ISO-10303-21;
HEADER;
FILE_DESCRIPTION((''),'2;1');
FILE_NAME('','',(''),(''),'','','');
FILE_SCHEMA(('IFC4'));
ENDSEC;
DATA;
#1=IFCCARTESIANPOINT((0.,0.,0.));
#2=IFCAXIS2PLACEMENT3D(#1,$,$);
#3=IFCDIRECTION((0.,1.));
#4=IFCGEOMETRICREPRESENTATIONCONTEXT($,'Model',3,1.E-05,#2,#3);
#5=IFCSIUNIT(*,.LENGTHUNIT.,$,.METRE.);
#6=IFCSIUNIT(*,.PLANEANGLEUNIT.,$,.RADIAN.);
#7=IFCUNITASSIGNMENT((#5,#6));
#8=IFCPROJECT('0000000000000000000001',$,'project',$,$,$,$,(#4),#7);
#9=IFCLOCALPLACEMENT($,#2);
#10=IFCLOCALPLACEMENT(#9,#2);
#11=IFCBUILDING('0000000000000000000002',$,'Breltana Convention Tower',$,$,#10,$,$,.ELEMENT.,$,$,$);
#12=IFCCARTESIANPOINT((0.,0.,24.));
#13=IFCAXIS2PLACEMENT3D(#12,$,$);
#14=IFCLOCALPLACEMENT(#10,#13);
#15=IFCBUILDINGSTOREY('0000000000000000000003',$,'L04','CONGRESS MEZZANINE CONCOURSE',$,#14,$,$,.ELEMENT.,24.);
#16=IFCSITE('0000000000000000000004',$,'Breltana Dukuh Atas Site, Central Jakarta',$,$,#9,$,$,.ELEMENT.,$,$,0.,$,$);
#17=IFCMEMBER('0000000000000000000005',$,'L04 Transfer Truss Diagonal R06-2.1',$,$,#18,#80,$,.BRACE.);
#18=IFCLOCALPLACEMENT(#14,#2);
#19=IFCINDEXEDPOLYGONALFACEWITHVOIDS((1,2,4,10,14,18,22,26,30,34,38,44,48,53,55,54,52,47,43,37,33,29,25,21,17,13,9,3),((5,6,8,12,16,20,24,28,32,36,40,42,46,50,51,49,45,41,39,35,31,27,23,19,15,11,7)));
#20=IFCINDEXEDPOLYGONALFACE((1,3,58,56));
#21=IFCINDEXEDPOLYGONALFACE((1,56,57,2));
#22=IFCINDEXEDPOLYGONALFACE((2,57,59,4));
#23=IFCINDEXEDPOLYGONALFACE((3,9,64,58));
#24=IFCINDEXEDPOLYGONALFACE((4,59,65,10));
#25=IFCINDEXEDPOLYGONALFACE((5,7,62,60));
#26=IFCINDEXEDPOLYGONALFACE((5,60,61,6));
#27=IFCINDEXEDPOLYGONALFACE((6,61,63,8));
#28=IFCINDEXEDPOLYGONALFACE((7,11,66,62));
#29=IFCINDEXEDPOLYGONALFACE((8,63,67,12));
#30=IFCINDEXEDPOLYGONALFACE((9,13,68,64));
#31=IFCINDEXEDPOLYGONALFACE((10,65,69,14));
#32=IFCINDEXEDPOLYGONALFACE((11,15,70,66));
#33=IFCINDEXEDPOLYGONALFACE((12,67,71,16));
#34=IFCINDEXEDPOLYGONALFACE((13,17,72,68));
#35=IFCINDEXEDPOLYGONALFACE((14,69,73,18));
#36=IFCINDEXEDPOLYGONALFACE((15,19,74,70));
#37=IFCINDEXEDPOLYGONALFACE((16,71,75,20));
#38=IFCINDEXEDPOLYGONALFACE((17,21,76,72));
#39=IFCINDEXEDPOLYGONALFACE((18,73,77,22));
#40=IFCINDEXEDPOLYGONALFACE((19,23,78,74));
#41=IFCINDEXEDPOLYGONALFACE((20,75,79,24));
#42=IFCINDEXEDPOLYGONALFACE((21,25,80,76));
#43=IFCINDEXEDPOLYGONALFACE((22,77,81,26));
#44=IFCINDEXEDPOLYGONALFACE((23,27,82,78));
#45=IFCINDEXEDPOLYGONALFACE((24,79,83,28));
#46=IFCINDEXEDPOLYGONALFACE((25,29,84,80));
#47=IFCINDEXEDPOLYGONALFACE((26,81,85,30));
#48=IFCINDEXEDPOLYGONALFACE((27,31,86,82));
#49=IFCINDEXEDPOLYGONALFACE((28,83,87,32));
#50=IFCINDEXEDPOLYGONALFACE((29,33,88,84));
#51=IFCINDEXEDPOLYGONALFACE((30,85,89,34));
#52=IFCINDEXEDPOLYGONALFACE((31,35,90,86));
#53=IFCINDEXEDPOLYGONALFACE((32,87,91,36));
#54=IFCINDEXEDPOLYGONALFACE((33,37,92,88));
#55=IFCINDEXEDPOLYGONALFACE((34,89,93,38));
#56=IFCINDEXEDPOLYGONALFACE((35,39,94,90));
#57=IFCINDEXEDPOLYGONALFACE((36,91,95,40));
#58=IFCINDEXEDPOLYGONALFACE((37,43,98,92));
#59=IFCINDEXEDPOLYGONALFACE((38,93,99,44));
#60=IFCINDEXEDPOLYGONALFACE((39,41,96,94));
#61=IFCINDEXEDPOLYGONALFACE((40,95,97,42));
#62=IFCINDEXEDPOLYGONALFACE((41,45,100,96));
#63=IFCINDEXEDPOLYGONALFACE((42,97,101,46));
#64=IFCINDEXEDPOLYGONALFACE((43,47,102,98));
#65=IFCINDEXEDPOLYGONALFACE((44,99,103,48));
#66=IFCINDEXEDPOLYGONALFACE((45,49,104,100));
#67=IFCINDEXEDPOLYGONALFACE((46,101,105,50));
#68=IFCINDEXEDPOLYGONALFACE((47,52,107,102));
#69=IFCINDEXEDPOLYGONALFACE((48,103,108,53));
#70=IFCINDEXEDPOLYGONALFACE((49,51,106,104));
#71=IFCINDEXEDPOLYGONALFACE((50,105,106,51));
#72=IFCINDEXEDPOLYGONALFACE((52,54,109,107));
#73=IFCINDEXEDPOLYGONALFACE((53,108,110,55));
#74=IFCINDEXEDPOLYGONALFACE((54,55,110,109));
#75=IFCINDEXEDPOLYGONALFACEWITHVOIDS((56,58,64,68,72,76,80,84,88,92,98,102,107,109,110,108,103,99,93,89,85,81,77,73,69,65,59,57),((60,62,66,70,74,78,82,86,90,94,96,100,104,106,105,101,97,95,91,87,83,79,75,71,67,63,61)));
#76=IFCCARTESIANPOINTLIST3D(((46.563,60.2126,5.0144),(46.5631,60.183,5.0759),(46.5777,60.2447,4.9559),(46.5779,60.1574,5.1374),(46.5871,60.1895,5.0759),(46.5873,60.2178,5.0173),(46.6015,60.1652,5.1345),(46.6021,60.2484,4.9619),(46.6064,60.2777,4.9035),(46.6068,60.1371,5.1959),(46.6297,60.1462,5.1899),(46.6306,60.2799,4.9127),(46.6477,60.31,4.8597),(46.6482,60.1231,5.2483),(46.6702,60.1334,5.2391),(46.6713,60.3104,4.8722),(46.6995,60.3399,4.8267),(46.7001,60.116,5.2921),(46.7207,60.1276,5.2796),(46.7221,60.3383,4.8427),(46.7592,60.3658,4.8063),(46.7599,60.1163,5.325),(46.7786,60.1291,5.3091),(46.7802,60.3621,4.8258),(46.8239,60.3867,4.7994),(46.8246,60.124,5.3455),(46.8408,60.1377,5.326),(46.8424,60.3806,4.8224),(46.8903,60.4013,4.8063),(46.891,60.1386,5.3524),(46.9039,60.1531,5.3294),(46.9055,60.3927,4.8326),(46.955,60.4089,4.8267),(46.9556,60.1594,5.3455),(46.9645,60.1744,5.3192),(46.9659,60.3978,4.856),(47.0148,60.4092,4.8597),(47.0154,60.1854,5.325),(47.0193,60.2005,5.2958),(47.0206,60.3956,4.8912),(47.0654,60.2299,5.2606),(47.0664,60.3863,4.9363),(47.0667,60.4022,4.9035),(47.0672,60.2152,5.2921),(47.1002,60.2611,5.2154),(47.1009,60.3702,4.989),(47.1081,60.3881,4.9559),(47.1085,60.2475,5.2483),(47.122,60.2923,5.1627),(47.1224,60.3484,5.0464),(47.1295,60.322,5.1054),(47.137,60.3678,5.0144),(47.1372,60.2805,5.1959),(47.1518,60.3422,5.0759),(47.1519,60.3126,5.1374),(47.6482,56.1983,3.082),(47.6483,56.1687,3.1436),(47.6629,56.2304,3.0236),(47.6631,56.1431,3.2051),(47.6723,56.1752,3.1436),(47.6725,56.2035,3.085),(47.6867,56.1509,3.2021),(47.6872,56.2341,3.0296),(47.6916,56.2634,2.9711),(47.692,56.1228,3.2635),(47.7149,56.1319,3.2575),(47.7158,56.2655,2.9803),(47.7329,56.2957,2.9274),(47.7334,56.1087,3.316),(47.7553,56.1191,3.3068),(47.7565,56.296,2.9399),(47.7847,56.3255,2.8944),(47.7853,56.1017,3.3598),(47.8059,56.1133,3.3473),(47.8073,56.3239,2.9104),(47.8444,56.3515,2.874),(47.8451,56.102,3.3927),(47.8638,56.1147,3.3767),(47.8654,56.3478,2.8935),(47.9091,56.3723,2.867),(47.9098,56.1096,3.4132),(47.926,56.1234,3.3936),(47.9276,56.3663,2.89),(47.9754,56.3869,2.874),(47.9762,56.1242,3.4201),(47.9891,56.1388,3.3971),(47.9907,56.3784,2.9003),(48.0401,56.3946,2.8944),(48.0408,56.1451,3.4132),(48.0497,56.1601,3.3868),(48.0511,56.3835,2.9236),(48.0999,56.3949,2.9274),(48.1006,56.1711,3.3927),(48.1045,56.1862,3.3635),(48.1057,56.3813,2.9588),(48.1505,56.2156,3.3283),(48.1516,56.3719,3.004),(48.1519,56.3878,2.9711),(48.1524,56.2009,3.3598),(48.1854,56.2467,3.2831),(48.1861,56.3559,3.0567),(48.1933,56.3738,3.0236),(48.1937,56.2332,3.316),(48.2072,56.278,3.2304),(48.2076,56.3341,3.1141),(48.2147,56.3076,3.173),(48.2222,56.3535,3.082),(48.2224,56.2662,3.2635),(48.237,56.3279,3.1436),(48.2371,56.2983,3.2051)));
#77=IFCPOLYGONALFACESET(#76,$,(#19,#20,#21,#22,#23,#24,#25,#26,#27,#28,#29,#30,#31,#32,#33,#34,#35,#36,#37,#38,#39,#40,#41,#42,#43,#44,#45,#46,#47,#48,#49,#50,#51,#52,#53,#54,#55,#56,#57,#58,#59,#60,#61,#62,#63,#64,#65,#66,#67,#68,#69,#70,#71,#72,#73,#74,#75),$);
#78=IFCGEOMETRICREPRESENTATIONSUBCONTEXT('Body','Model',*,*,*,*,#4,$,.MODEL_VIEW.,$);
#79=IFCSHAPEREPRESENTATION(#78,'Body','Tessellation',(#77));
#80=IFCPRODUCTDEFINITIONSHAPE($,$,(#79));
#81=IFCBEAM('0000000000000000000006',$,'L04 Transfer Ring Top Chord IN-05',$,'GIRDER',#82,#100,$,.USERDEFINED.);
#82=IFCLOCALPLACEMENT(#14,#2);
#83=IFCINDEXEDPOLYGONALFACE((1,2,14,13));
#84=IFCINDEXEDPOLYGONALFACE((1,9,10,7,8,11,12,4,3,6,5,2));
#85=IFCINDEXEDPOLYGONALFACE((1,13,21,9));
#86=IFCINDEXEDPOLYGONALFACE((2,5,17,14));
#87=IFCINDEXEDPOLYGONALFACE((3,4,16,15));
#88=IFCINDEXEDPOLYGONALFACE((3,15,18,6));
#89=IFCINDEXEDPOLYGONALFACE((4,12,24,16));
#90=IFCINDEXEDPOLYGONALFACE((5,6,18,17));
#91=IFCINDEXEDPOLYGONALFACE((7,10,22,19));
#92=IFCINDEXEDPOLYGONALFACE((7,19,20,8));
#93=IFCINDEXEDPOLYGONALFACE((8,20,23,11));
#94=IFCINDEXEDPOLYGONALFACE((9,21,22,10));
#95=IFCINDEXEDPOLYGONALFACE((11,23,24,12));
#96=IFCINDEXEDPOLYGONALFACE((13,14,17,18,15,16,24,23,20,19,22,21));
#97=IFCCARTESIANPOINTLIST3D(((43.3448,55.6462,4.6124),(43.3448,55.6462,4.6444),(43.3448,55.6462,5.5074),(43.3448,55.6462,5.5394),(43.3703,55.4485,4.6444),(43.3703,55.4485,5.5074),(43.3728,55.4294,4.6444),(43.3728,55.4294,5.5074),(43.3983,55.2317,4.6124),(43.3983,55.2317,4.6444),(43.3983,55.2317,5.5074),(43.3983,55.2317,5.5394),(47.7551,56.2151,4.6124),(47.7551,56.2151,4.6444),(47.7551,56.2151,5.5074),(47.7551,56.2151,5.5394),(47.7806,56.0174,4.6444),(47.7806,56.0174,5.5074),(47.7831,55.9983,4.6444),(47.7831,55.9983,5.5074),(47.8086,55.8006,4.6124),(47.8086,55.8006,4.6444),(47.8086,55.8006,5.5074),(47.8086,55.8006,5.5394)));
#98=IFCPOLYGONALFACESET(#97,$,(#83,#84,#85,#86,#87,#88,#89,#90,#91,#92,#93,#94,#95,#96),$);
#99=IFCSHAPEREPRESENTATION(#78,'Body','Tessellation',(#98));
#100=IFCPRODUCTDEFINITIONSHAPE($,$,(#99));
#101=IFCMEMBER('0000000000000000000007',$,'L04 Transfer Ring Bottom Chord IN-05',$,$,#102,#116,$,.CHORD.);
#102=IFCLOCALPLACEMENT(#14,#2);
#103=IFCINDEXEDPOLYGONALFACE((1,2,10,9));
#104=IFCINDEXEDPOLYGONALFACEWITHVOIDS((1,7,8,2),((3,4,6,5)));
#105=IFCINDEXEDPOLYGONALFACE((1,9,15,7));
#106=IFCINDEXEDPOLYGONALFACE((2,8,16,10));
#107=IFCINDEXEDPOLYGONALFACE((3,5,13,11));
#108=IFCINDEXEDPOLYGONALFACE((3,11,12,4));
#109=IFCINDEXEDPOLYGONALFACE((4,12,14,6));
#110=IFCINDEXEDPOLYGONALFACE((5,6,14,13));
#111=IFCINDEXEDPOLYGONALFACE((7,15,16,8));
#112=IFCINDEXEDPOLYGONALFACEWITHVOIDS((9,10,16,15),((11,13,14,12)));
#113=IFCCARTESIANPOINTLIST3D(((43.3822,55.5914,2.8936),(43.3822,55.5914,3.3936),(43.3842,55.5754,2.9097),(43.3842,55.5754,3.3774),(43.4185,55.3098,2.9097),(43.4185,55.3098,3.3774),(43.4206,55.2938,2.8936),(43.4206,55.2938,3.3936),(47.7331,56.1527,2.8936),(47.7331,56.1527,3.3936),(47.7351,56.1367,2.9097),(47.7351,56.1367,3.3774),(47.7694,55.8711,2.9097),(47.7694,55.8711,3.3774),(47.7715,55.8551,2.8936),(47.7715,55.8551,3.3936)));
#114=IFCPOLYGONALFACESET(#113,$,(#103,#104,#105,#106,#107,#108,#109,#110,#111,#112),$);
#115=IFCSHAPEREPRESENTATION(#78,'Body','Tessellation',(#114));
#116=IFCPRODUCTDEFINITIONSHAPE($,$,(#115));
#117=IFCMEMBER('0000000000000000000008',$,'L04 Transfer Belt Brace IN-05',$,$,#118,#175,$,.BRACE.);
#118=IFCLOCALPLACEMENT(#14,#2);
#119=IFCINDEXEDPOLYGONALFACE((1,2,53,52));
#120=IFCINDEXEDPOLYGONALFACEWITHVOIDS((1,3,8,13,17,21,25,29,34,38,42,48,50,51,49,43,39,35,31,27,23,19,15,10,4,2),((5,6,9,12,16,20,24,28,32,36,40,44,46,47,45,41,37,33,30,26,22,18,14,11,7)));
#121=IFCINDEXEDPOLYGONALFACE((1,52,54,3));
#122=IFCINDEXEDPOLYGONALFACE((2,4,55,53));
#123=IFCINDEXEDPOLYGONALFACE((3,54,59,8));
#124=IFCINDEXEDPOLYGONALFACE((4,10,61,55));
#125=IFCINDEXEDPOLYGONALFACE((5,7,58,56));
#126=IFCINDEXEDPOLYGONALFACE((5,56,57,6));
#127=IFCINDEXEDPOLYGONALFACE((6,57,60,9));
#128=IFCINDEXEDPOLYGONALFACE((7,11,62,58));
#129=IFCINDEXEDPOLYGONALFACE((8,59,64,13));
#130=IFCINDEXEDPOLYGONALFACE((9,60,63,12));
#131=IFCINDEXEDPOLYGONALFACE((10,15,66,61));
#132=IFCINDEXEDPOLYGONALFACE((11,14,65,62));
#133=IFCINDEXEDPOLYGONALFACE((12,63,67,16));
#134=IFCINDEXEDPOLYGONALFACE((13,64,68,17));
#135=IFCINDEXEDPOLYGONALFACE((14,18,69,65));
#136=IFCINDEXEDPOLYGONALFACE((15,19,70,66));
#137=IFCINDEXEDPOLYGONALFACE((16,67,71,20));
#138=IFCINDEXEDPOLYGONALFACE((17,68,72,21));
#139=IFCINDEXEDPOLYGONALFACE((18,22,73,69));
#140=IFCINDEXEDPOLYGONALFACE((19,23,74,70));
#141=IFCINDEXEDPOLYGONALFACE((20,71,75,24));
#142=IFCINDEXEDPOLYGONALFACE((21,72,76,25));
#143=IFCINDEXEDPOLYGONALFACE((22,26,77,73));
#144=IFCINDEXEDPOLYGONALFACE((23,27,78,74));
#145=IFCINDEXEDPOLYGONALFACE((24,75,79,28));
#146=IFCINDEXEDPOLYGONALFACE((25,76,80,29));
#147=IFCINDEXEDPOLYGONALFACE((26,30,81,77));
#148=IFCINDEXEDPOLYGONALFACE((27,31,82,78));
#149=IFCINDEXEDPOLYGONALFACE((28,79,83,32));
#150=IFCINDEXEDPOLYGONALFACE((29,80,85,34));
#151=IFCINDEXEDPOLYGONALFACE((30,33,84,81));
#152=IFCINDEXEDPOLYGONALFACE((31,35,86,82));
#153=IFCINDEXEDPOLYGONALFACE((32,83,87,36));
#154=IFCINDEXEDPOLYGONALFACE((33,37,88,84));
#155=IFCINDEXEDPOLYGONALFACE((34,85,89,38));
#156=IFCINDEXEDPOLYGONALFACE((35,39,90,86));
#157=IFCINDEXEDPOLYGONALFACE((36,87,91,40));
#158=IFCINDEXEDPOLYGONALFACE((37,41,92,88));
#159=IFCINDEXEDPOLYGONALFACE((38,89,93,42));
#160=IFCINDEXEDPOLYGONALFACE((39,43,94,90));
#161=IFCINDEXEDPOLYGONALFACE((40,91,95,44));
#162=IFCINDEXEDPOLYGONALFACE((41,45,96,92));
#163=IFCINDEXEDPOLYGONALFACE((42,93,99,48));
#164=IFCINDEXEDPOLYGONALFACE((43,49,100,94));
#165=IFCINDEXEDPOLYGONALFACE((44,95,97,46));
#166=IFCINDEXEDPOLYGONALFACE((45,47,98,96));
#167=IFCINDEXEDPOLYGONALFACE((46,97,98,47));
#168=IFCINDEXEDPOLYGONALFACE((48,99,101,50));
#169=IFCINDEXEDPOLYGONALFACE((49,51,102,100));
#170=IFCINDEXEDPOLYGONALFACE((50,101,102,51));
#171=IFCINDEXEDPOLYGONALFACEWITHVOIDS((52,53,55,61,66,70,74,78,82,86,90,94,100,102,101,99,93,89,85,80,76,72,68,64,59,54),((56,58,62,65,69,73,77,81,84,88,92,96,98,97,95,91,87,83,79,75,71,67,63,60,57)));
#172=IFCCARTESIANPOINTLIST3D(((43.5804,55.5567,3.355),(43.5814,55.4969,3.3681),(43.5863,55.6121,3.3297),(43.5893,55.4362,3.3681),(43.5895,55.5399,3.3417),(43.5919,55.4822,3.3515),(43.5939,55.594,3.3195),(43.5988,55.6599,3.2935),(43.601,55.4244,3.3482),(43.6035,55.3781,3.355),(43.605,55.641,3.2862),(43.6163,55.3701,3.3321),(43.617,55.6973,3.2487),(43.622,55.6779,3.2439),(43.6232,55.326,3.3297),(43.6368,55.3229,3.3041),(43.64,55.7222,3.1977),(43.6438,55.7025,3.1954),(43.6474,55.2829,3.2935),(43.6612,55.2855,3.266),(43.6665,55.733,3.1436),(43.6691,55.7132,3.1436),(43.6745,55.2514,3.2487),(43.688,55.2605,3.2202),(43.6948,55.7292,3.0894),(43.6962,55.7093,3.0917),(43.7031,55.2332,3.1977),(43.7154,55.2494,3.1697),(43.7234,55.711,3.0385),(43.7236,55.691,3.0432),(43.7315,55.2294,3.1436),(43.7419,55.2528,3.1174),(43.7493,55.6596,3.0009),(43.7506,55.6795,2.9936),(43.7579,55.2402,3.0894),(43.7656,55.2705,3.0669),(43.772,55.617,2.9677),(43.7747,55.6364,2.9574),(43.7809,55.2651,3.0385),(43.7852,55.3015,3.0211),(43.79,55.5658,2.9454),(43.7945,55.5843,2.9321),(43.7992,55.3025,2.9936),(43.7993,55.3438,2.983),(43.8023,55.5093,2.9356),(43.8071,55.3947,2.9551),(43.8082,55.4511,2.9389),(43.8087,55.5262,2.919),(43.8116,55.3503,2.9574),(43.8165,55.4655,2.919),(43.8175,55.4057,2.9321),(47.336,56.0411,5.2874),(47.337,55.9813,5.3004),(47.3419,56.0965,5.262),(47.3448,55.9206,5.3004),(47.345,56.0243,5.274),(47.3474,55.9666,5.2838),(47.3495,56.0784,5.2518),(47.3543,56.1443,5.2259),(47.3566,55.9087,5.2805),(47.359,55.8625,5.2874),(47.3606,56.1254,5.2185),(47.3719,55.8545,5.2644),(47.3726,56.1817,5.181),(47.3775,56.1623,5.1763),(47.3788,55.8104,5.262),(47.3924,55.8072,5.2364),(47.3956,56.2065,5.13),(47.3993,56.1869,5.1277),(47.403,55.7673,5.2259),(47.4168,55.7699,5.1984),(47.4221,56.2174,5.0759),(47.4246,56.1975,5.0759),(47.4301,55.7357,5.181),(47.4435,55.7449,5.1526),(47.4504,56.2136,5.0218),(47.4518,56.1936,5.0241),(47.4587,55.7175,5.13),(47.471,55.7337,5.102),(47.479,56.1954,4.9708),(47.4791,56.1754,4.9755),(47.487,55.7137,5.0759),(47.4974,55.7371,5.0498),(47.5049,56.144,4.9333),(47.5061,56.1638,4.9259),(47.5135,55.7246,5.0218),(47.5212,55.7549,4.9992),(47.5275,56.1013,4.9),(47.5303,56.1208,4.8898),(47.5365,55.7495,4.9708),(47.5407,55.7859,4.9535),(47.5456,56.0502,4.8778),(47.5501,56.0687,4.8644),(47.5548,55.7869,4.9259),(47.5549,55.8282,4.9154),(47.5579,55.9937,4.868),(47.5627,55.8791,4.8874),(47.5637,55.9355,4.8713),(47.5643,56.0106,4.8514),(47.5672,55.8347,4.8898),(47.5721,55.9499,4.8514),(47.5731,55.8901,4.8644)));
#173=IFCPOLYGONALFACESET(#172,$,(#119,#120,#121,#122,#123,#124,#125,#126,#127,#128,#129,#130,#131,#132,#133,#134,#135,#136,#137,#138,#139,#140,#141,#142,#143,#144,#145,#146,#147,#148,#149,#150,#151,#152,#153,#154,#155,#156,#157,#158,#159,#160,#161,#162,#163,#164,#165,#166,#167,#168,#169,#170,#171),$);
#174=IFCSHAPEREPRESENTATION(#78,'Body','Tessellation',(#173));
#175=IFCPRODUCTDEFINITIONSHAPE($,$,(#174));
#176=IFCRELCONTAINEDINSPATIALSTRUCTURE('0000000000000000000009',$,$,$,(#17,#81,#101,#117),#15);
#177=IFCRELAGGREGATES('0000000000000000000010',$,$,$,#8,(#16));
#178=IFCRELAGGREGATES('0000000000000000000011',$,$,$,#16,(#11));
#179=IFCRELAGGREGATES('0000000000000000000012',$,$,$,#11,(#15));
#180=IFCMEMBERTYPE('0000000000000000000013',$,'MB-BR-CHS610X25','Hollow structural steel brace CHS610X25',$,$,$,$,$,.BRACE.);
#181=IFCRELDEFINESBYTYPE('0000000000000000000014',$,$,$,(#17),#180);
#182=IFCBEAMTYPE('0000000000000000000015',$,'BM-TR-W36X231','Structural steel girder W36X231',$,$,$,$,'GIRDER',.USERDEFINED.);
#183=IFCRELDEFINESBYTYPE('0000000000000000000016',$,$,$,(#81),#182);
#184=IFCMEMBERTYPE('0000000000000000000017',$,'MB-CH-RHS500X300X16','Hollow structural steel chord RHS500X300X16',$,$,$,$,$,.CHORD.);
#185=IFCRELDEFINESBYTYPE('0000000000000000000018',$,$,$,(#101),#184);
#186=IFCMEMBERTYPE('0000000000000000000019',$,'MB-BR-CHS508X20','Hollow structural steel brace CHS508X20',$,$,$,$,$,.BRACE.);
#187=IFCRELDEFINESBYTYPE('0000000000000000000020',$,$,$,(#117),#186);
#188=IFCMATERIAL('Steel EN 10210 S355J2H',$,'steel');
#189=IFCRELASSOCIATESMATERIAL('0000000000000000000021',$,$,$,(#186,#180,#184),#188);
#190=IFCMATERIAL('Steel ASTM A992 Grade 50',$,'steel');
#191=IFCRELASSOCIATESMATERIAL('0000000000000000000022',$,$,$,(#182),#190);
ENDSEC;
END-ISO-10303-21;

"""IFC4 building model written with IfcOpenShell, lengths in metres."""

from ifc_helpers import new_model, si_unit, direction, frame, origin, origin_2d, place, context, subcontext, project, spatial, hollow_rectangle, hollow_circle, i_section, extrude, source, transform, mapped, material, material_profile, profile_set, type_object, element, save


model = new_model("IFC4")

# Units and contexts
model_context = context("Model", 3, precision=1e-05, world=origin(), true_north=direction((0.0, 1.0)))
body_context = subcontext(model_context, "Body", "Model", "MODEL_VIEW")
ifc_project = project(units=[si_unit("LENGTHUNIT", "METRE"), si_unit("PLANEANGLEUNIT", "RADIAN")], contexts=[model_context])

# Site, building, storey
site_placement = place(None, origin())
site = spatial("IfcSite", under=ifc_project, at=site_placement, Name="Breltana Dukuh Atas Site, Central Jakarta", CompositionType="ELEMENT", RefElevation=0.0)
building_placement = place(site_placement, origin())
building = spatial("IfcBuilding", under=site, at=building_placement, Name="Breltana Convention Tower", CompositionType="ELEMENT")
storey_placement = place(building_placement, frame((0.0, 0.0, 24.0)))
storey = spatial("IfcBuildingStorey", under=building, at=storey_placement, Name="L04", Description="CONGRESS MEZZANINE CONCOURSE", CompositionType="ELEMENT", Elevation=24.0)

# Shared definitions
ifc_material_1 = material(Name="Steel ASTM A992 Grade 50", Category="steel")
ifc_material_2 = material(Name="Steel EN 10210 S355J2H", Category="steel")
ifc_material_profile_1 = material_profile(ifc_material_2, hollow_circle(Radius=0.2539, WallThickness=0.02, at=origin_2d()), Name="CHS508X20")
ifc_profile_set_1 = profile_set([ifc_material_profile_1], Name="Steel EN 10210 S355J2H")
member_type_1 = type_object("IfcMemberType", Name="MB-BR-CHS508X20", Description="Hollow structural steel brace CHS508X20", PredefinedType="BRACE", material=ifc_profile_set_1)

# Shared definitions
ifc_material_profile_2 = material_profile(ifc_material_1, i_section(OverallWidth=0.418, OverallDepth=0.927, WebThickness=0.0193, FlangeThickness=0.032, at=origin_2d()), Name="W36X231")
ifc_profile_set_2 = profile_set([ifc_material_profile_2], Name="Steel ASTM A992 Grade 50")
beam_type_1 = type_object("IfcBeamType", Name="BM-TR-W36X231", Description="Structural steel girder W36X231", ElementType="GIRDER", PredefinedType="USERDEFINED", material=ifc_profile_set_2)

# Member
ifc_material_profile_3 = material_profile(ifc_material_2, hollow_circle(Radius=0.3049, WallThickness=0.0249, at=origin_2d()), Name="CHS610X25")
ifc_profile_set_3 = profile_set([ifc_material_profile_3], Name="Steel EN 10210 S355J2H")
member_type_2 = type_object("IfcMemberType", Name="MB-BR-CHS610X25", Description="Hollow structural steel brace CHS610X25", PredefinedType="BRACE", material=ifc_profile_set_3)
shared_shape_1 = source(origin(), body_context, "Body", "SweptSolid", [
    extrude(hollow_circle(Radius=0.3049, WallThickness=0.0249, at=origin_2d()), origin(), (0.0, 0.0, 1.0), 4.5854),
])
member_1_placement = place(storey_placement, frame((47.9426, 56.2483, 3.1436), z_axis=(-0.236658, 0.875449, 0.421406), x_axis=(-0.965349, -0.260961, 0.0)))
element("IfcMember", 1, at=member_1_placement, inside=storey, type_object=member_type_2, Name="L04 Transfer Truss Diagonal R06-2.1", PredefinedType="BRACE", context=body_context, shape_type="MappedRepresentation", body=[
    mapped(shared_shape_1, transform((0.0, 0.0, 0.0), scale=1.0)),
])

# Beam
shared_shape_2 = source(origin(), body_context, "Body", "SweptSolid", [
    extrude(i_section(OverallWidth=0.418, OverallDepth=0.927, WebThickness=0.0193, FlangeThickness=0.032, at=origin_2d()), origin(), (0.0, 0.0, 1.0), 4.4468),
])
beam_1_placement = place(storey_placement, frame((43.3716, 55.439, 5.0759), z_axis=(0.991784, 0.127926, 0.0), x_axis=(-0.127926, 0.991784, 0.0)))
element("IfcBeam", 2, at=beam_1_placement, inside=storey, type_object=beam_type_1, Name="L04 Transfer Ring Top Chord IN-05", ObjectType="GIRDER", PredefinedType="USERDEFINED", context=body_context, shape_type="MappedRepresentation", body=[
    mapped(shared_shape_2, transform((0.0, 0.0, 0.0), scale=1.0)),
])

# Members
ifc_material_profile_4 = material_profile(ifc_material_2, hollow_rectangle(XDim=0.3, YDim=0.5, WallThickness=0.0161, at=origin_2d()), Name="RHS500X300X16")
ifc_profile_set_4 = profile_set([ifc_material_profile_4], Name="Steel EN 10210 S355J2H")
member_type_3 = type_object("IfcMemberType", Name="MB-CH-RHS500X300X16", Description="Hollow structural steel chord RHS500X300X16", PredefinedType="CHORD", material=ifc_profile_set_4)
shared_shape_3 = source(origin(), body_context, "Body", "SweptSolid", [
    extrude(hollow_rectangle(XDim=0.3, YDim=0.5, WallThickness=0.0161, at=origin_2d()), origin(), (0.0, 0.0, 1.0), 4.387),
])
member_2_placement = place(storey_placement, frame((43.4014, 55.4426, 3.1436), z_axis=(0.991781, 0.127945, 0.0), x_axis=(-0.127945, 0.991781, 0.0)))
element("IfcMember", 3, at=member_2_placement, inside=storey, type_object=member_type_3, Name="L04 Transfer Ring Bottom Chord IN-05", PredefinedType="CHORD", context=body_context, shape_type="MappedRepresentation", body=[
    mapped(shared_shape_3, transform((0.0, 0.0, 0.0), scale=1.0)),
])
shared_shape_4 = source(origin(), body_context, "Body", "SweptSolid", [
    extrude(hollow_circle(Radius=0.2539, WallThickness=0.02, at=origin_2d()), origin(), (0.0, 0.0, 1.0), 4.2512),
])
member_3_placement = place(storey_placement, frame((43.699, 55.4812, 3.1436), z_axis=(0.883409, 0.113936, 0.45454), x_axis=(-0.127914, 0.991785, 0.0)))
element("IfcMember", 4, at=member_3_placement, inside=storey, type_object=member_type_1, Name="L04 Transfer Belt Brace IN-05", PredefinedType="BRACE", context=body_context, shape_type="MappedRepresentation", body=[
    mapped(shared_shape_4, transform((0.0, 0.0, 0.0), scale=1.0)),
])

save(model, "model.ifc")
